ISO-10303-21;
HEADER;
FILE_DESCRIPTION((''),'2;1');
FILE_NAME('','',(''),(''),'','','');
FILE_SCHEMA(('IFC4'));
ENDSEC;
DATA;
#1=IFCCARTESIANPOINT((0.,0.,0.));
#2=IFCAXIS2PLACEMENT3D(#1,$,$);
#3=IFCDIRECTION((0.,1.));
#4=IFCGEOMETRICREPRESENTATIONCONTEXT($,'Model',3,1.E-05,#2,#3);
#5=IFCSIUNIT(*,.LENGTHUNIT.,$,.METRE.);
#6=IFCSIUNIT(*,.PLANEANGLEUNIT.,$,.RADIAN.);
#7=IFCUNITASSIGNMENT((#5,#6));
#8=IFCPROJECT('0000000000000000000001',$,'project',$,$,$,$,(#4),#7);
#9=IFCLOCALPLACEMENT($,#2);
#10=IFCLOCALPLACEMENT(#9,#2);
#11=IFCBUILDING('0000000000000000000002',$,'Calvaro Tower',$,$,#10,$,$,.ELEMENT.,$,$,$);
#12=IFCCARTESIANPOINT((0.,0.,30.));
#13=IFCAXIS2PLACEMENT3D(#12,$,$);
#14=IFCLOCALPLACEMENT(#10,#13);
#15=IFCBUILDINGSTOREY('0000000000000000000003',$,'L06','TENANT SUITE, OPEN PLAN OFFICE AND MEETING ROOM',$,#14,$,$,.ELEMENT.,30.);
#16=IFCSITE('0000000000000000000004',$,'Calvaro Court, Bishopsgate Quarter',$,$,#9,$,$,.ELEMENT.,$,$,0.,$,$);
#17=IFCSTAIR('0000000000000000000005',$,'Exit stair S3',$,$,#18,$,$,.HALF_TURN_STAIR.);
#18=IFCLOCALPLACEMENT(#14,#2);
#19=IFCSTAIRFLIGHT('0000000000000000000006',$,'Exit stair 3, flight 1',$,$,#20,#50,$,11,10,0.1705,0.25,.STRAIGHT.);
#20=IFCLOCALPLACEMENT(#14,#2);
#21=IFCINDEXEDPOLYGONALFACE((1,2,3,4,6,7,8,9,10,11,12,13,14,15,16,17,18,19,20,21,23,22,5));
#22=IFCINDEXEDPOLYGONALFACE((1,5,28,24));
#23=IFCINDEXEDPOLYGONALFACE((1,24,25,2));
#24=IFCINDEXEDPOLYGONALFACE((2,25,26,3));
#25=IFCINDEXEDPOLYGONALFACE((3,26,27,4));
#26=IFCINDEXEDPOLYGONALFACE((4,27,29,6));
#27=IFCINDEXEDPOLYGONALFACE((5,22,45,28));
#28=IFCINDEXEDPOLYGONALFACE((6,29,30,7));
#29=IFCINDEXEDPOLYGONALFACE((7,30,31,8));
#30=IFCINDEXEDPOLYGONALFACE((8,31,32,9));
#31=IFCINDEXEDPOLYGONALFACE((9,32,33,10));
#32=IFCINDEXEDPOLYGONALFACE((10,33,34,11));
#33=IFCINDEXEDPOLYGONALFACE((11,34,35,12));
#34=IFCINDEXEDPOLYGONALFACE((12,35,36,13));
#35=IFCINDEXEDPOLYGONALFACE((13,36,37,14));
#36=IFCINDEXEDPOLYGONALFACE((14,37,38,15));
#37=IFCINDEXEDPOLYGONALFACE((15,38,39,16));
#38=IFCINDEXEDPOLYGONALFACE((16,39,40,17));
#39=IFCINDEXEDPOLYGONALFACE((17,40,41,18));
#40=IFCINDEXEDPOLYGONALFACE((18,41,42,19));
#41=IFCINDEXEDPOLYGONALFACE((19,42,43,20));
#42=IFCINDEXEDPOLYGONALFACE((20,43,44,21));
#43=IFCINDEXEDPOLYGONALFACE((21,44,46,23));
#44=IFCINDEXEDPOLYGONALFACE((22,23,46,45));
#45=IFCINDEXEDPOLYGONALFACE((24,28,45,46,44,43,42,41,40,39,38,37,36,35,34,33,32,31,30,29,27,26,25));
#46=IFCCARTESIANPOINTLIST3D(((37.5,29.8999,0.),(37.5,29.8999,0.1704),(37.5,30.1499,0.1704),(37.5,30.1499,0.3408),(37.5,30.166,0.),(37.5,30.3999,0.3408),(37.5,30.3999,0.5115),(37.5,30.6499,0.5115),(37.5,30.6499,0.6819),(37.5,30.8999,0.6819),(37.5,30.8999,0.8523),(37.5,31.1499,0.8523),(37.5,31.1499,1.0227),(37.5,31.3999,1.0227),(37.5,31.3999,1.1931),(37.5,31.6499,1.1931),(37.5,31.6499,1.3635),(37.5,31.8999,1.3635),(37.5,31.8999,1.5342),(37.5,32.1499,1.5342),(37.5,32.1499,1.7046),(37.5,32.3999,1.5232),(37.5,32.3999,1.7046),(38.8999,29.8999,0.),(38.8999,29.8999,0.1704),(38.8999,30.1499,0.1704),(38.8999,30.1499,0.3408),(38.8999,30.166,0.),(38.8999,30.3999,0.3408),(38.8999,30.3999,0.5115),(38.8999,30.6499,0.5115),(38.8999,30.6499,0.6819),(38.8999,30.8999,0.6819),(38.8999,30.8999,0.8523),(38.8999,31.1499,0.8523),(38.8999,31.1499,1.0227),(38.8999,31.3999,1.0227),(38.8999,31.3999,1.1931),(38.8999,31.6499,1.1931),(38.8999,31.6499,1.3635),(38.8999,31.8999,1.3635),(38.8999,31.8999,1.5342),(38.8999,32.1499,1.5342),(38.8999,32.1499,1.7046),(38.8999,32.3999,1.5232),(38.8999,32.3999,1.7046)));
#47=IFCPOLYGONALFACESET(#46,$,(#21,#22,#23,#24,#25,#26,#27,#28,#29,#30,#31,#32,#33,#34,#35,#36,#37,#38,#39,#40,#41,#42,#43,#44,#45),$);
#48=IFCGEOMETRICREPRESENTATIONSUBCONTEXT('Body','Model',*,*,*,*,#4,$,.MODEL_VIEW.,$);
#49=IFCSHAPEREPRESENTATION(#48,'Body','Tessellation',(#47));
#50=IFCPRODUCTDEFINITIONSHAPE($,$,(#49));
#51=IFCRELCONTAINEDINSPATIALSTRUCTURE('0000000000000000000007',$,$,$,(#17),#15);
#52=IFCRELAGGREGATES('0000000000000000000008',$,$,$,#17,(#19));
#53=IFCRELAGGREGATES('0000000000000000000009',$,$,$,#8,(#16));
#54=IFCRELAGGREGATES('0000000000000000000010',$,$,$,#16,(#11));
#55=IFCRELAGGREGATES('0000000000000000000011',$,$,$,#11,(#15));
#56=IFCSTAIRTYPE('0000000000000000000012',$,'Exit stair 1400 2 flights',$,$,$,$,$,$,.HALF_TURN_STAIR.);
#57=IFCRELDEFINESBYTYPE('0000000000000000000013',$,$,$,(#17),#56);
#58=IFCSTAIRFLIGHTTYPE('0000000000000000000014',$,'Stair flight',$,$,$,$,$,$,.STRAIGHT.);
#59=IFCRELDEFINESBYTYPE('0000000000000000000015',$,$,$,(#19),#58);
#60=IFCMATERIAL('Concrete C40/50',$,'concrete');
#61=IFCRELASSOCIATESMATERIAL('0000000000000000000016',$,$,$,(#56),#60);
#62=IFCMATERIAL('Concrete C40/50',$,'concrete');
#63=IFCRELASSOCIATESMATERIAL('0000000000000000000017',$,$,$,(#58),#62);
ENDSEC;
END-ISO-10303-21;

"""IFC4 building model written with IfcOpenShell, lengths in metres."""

from ifc_helpers import new_model, si_unit, direction, frame, origin, place, context, subcontext, project, spatial, polyline, outline, extrude, material, type_object, element, aggregate, save


model = new_model("IFC4")

# Units and contexts
model_context = context("Model", 3, precision=1e-05, world=origin(), true_north=direction((0.0, 1.0)))
body_context = subcontext(model_context, "Body", "Model", "MODEL_VIEW")
ifc_project = project(units=[si_unit("LENGTHUNIT", "METRE"), si_unit("PLANEANGLEUNIT", "RADIAN")], contexts=[model_context])

# Site, building, storey
site_placement = place(None, origin())
site = spatial("IfcSite", under=ifc_project, at=site_placement, Name="Calvaro Court, Bishopsgate Quarter", CompositionType="ELEMENT", RefElevation=0.0)
building_placement = place(site_placement, origin())
building = spatial("IfcBuilding", under=site, at=building_placement, Name="Calvaro Tower", CompositionType="ELEMENT")
storey_placement = place(building_placement, frame((0.0, 0.0, 30.0)))
storey = spatial("IfcBuildingStorey", under=building, at=storey_placement, Name="L06", Description="TENANT SUITE, OPEN PLAN OFFICE AND MEETING ROOM", CompositionType="ELEMENT", Elevation=30.0)

# Stair, stair flight
ifc_material_1 = material(Name="Concrete C40/50", Category="concrete")
stair_type = type_object("IfcStairType", Name="Exit stair 1400 2 flights", PredefinedType="HALF_TURN_STAIR", material=ifc_material_1)
stair_placement = place(storey_placement, origin())
stair = element("IfcStair", 1, at=stair_placement, inside=storey, type_object=stair_type, Name="Exit stair S3", PredefinedType="HALF_TURN_STAIR")
ifc_material_2 = material(Name="Concrete C40/50", Category="concrete")
stair_flight_type = type_object("IfcStairFlightType", Name="Stair flight", PredefinedType="STRAIGHT", material=ifc_material_2)
stair_flight_placement = place(storey_placement, frame((38.2, 29.8999, 0.0), z_axis=(0.0, 0.0, 1.0), x_axis=(0.0, 1.0, 0.0)))
stair_flight = element("IfcStairFlight", 2, at=stair_flight_placement, type_object=stair_flight_type, Name="Exit stair 3, flight 1", NumberOfRisers=11, NumberOfTreads=10, PredefinedType="STRAIGHT", RiserHeight=0.1705, TreadLength=0.25, context=body_context, shape_type="SweptSolid", body=[
    extrude(outline(polyline([(0.0, 0.0), (0.0, 0.1704), (0.25, 0.1704), (0.25, 0.3408), (0.5, 0.3408), (0.5, 0.5115), (0.75, 0.5115), (0.75, 0.6819), (1.0, 0.6819), (1.0, 0.8523), (1.25, 0.8523), (1.25, 1.0227), (1.5, 1.0227), (1.5, 1.1931), (1.75, 1.1931), (1.75, 1.3635), (2.0, 1.3635), (2.0, 1.5342), (2.25, 1.5342), (2.25, 1.7046), (2.5, 1.7046), (2.5, 1.875), (2.5, 1.5232), (0.2661, 0.0), (0.0, 0.0)])), frame((0.0, 0.7, 0.0), z_axis=(0.0, -1.0, 0.0), x_axis=(1.0, 0.0, 0.0)), (0.0, 0.0, 1.0), 1.3999),
])
aggregate(stair, [stair_flight])

save(model, "model.ifc")
